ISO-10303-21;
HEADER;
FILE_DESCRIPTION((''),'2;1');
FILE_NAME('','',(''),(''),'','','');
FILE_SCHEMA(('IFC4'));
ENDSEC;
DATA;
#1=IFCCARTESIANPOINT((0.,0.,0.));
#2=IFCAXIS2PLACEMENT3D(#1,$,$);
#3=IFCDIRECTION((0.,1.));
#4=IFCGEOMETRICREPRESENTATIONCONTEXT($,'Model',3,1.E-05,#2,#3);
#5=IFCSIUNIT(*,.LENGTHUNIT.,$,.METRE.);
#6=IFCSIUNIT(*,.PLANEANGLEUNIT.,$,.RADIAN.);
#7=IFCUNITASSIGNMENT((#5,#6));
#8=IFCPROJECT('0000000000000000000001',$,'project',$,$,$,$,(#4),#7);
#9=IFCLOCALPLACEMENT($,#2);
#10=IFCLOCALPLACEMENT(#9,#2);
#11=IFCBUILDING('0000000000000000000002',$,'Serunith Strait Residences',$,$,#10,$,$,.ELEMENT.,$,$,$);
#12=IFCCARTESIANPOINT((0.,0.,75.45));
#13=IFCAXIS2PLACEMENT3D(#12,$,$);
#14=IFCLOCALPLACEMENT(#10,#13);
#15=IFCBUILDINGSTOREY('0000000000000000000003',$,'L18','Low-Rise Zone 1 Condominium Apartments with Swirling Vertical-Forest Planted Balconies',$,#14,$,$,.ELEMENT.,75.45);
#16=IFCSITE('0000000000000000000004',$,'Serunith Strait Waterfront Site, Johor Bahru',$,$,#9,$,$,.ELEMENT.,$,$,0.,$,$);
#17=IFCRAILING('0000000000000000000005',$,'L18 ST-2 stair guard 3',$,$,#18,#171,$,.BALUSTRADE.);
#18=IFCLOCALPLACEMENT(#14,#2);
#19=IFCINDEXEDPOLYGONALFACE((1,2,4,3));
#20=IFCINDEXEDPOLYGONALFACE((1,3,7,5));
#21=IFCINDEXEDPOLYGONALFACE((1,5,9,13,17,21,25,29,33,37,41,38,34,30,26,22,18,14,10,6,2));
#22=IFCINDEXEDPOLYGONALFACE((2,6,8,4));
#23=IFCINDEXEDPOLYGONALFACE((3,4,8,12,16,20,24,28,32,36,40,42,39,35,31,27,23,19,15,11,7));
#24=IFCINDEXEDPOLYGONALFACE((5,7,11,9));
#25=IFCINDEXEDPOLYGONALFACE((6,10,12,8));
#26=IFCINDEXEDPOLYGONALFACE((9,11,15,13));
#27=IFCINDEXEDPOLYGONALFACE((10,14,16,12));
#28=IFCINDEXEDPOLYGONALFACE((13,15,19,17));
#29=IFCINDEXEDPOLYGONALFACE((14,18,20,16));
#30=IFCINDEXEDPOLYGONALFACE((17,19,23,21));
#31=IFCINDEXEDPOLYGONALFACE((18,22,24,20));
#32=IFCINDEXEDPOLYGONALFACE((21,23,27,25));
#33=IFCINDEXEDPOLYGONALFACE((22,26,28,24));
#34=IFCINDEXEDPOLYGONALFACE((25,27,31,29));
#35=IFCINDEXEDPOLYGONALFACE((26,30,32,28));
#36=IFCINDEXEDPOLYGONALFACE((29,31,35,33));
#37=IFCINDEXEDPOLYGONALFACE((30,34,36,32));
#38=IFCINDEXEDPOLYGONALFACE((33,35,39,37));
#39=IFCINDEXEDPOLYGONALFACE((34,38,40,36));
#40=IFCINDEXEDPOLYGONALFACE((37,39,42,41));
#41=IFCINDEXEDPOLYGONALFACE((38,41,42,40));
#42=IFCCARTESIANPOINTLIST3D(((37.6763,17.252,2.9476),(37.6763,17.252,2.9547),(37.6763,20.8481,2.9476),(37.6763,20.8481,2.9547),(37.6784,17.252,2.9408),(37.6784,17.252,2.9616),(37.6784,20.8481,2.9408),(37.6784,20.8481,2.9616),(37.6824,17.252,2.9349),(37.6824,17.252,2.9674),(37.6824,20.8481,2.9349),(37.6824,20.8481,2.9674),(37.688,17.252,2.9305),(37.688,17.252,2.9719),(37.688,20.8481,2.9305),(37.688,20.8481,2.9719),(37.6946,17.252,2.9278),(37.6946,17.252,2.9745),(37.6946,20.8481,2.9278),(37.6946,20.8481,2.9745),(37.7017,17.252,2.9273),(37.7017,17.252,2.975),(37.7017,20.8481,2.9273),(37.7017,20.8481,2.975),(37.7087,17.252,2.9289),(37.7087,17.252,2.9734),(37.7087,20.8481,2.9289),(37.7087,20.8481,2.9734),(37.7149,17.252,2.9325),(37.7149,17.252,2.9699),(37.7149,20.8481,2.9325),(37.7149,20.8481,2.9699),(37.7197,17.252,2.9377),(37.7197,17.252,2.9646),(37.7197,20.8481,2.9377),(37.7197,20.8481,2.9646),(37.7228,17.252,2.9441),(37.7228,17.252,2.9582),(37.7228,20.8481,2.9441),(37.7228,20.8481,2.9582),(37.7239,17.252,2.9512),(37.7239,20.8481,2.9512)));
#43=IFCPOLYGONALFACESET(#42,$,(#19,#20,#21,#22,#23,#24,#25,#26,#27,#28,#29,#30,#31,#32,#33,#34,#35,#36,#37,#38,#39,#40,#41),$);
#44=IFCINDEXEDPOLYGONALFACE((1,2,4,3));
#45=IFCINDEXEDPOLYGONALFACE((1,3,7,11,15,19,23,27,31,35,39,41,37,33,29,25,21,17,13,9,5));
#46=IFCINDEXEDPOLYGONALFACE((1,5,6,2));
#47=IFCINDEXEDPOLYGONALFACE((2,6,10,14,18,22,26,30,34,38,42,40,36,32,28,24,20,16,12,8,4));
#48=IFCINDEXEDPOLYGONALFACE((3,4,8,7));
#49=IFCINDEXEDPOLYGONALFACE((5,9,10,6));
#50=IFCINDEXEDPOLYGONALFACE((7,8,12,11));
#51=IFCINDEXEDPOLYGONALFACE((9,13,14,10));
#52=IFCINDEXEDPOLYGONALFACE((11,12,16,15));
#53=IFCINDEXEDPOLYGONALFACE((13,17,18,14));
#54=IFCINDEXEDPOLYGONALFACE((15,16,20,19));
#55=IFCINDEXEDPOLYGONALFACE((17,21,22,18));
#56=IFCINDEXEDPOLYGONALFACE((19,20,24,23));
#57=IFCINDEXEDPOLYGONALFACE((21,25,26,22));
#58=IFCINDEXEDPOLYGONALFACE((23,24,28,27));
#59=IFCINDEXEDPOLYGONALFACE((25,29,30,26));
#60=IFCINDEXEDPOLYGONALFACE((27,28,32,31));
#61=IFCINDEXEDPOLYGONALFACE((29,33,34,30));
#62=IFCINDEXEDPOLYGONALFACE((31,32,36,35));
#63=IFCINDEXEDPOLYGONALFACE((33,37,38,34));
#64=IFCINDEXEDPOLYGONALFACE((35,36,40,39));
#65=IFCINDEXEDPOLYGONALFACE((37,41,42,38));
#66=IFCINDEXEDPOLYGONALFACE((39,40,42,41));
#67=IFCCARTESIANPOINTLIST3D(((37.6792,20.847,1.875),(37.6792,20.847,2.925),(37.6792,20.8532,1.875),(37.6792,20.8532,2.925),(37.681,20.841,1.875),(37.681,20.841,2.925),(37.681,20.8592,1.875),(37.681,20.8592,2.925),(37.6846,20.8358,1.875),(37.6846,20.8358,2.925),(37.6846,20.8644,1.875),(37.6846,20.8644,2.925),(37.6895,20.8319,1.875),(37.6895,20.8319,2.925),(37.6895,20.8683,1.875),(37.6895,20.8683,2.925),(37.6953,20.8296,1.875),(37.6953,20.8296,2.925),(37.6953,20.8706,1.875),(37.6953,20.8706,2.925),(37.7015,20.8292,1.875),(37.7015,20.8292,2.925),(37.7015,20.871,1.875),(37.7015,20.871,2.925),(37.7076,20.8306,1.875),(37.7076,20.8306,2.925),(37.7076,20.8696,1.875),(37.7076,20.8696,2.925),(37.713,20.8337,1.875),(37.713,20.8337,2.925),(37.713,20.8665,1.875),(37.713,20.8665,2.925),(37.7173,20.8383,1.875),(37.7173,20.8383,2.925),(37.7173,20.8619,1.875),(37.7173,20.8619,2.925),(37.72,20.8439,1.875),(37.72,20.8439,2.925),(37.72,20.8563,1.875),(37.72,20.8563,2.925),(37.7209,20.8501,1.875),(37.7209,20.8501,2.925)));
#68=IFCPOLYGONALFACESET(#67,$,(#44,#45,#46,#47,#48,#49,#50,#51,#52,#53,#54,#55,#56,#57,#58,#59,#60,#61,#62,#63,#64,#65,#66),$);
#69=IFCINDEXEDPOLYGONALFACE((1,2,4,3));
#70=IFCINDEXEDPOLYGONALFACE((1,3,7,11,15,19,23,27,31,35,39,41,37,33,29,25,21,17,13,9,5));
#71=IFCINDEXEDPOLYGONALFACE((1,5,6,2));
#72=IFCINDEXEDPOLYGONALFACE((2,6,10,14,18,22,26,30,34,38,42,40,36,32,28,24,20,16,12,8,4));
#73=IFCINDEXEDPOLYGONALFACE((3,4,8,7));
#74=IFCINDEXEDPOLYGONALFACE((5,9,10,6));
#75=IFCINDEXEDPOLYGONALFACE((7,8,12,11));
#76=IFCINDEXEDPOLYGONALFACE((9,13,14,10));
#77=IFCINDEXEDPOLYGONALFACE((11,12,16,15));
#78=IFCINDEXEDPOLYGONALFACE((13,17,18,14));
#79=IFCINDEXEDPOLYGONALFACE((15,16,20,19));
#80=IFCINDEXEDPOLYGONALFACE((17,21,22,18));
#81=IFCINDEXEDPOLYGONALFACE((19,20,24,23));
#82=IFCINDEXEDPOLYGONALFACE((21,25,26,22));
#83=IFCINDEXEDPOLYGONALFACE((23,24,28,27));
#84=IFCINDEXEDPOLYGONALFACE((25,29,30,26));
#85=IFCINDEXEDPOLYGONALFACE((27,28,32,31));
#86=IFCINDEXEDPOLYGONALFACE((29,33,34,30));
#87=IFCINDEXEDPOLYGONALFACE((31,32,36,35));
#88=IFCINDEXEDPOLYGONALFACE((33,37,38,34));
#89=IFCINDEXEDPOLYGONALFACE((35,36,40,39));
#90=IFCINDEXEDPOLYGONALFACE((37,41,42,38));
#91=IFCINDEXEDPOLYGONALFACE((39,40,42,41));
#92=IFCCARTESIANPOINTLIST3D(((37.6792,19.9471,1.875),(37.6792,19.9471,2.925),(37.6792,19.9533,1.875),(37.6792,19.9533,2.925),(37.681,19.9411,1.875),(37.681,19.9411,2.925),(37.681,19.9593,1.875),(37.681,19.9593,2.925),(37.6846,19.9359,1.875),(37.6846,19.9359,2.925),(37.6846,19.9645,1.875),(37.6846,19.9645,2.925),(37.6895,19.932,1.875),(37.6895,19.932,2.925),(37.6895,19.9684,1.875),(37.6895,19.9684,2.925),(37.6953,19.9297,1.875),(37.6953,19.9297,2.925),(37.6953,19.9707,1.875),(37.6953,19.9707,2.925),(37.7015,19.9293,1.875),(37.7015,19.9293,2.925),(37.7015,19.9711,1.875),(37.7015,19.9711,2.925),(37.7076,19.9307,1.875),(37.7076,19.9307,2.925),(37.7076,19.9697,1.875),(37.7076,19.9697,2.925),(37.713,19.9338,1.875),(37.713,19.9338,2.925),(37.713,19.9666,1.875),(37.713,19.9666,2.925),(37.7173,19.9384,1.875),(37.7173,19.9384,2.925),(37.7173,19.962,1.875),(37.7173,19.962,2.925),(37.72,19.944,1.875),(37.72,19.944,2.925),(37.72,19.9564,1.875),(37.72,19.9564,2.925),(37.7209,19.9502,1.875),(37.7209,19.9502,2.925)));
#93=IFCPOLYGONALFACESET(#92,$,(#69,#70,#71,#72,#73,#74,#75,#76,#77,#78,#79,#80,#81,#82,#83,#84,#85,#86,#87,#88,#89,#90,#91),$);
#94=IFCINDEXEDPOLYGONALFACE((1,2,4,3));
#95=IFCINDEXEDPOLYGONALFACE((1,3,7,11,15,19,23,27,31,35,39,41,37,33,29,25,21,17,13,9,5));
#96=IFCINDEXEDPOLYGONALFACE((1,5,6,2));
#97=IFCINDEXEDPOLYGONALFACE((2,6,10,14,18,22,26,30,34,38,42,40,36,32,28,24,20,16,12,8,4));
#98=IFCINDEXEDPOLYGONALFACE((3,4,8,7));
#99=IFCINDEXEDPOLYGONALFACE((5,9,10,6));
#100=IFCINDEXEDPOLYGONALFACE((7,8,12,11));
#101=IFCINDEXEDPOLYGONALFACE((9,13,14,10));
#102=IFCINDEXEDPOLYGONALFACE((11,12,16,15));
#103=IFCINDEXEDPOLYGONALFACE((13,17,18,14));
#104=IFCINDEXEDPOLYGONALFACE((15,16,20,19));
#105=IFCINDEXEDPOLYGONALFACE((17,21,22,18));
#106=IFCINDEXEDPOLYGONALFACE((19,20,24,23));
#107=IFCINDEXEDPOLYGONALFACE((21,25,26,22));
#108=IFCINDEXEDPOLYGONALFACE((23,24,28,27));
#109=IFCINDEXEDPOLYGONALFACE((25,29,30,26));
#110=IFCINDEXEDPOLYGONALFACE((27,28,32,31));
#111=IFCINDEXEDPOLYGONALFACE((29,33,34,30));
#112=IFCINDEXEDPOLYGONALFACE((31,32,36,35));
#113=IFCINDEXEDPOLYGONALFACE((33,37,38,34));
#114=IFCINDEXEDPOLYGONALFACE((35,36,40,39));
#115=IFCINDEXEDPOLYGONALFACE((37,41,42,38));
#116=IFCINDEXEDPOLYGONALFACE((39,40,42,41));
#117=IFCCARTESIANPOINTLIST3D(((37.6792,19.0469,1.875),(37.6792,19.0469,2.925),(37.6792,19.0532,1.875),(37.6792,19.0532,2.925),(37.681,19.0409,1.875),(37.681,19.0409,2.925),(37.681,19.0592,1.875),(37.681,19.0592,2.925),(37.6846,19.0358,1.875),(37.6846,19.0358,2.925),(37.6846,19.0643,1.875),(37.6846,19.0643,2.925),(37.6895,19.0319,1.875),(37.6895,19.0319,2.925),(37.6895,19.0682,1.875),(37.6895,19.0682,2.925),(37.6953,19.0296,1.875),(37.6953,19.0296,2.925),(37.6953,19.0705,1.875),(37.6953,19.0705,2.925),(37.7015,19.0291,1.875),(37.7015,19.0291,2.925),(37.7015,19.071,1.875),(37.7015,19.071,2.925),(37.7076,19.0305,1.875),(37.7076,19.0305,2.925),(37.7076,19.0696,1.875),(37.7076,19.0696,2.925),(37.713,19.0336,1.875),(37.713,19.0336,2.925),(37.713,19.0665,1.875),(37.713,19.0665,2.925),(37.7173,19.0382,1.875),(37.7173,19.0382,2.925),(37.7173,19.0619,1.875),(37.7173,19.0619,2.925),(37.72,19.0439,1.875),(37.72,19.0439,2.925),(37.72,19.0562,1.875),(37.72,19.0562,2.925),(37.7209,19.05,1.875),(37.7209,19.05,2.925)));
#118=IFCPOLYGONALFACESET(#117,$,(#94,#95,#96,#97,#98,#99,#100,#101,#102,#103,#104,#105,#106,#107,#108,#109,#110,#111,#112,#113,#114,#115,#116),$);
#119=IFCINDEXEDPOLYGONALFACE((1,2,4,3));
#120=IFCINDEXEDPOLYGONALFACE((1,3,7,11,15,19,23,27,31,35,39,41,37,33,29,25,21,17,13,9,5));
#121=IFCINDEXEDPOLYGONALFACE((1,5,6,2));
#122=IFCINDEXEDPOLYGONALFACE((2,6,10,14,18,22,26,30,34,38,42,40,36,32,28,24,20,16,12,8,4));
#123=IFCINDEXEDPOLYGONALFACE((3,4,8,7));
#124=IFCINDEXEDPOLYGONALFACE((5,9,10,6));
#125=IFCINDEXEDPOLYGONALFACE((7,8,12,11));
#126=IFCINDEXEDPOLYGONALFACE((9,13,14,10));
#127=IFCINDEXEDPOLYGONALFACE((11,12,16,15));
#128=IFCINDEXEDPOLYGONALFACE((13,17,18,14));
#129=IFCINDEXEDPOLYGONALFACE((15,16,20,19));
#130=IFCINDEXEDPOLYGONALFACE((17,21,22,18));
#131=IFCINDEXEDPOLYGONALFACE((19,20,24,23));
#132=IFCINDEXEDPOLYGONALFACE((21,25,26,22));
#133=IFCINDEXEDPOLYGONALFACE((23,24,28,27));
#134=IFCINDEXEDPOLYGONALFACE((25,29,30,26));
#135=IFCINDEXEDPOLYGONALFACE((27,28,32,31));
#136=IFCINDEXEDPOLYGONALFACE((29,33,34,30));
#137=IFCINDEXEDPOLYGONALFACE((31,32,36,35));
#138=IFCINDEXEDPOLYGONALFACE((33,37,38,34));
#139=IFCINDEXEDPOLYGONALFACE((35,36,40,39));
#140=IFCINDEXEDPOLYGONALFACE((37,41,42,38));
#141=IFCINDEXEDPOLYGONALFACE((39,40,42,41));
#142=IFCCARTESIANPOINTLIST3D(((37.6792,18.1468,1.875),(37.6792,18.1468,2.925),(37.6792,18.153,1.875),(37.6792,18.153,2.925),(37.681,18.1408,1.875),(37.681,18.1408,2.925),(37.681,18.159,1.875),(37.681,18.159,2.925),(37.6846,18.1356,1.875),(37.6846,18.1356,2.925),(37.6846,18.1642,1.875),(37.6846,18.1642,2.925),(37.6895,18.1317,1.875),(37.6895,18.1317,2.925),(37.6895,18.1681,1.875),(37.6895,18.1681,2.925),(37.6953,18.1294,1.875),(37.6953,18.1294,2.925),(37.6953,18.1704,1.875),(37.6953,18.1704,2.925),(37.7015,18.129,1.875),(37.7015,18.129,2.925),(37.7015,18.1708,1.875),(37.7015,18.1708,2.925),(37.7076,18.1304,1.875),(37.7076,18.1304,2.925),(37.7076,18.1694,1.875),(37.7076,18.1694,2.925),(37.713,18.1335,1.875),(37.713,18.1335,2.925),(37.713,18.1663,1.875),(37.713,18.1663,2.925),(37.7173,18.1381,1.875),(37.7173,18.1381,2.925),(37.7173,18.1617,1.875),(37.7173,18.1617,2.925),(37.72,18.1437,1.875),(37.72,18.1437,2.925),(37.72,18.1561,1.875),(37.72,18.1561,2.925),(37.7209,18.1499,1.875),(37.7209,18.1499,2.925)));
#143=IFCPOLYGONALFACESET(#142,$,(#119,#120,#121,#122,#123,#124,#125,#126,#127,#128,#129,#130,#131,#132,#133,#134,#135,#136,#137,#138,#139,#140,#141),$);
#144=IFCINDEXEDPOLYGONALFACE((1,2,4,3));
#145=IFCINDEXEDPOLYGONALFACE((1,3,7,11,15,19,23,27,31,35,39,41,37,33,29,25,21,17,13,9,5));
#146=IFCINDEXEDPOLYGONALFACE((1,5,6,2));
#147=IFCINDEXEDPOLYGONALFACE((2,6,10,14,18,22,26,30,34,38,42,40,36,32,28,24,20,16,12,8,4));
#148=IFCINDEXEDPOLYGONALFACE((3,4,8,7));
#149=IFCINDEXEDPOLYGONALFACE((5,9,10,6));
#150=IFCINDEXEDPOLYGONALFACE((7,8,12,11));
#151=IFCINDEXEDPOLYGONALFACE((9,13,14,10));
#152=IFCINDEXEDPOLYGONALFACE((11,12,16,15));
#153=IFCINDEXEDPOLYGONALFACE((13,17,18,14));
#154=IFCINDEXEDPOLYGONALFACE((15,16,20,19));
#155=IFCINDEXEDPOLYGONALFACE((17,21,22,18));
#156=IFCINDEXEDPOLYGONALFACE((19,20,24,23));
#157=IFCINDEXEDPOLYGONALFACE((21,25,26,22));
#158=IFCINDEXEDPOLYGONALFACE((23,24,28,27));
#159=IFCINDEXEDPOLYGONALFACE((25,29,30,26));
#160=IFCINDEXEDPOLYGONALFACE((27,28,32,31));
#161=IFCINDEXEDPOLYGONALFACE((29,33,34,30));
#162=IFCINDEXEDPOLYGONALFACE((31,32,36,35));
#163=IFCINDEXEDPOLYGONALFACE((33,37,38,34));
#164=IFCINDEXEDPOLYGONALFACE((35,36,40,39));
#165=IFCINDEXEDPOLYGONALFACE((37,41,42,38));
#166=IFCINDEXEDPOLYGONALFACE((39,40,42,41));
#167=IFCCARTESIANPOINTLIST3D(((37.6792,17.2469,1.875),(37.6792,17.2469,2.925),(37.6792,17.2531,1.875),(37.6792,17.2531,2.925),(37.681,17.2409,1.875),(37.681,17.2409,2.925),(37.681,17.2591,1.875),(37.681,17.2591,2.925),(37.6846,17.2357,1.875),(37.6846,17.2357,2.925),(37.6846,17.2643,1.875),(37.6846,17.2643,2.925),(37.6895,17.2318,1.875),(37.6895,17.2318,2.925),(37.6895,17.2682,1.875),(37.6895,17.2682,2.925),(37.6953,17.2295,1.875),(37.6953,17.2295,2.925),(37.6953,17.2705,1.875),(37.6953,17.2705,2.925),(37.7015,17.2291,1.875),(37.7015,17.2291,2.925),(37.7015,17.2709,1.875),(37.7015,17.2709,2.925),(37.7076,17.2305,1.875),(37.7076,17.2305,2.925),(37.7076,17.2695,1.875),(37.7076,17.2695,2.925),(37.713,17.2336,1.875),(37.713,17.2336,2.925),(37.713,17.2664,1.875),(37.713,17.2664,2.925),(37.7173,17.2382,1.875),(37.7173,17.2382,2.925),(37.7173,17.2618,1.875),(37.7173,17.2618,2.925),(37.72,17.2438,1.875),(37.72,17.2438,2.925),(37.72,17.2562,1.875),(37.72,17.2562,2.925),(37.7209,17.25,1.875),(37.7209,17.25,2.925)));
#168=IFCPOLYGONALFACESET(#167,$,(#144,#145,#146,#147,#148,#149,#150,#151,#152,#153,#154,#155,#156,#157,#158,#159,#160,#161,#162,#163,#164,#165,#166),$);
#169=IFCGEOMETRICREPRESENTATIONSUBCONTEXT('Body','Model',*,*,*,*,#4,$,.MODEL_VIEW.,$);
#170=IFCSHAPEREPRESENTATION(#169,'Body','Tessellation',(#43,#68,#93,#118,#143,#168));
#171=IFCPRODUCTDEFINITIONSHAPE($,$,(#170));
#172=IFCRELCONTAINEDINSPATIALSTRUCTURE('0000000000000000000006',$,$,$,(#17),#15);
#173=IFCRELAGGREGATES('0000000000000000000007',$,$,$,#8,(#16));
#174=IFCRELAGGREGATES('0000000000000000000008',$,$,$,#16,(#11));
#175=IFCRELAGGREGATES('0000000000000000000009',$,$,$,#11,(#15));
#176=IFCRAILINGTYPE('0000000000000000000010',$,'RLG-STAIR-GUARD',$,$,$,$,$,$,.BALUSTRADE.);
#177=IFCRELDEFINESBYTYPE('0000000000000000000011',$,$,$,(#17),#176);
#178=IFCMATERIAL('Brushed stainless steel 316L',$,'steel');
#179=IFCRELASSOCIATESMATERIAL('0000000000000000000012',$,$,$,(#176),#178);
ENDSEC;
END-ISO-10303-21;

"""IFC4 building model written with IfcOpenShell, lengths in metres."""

from ifc_helpers import new_model, si_unit, direction, frame, origin, origin_2d, place, context, subcontext, project, spatial, circle, extrude, material, type_object, element, save


model = new_model("IFC4")

# Units and contexts
model_context = context("Model", 3, precision=1e-05, world=origin(), true_north=direction((0.0, 1.0)))
body_context = subcontext(model_context, "Body", "Model", "MODEL_VIEW")
ifc_project = project(units=[si_unit("LENGTHUNIT", "METRE"), si_unit("PLANEANGLEUNIT", "RADIAN")], contexts=[model_context])

# Site, building, storey
site_placement = place(None, origin())
site = spatial("IfcSite", under=ifc_project, at=site_placement, Name="Serunith Strait Waterfront Site, Johor Bahru", CompositionType="ELEMENT", RefElevation=0.0)
building_placement = place(site_placement, origin())
building = spatial("IfcBuilding", under=site, at=building_placement, Name="Serunith Strait Residences", CompositionType="ELEMENT")
storey_placement = place(building_placement, frame((0.0, 0.0, 75.45)))
storey = spatial("IfcBuildingStorey", under=building, at=storey_placement, Name="L18", Description="Low-Rise Zone 1 Condominium Apartments with Swirling Vertical-Forest Planted Balconies", CompositionType="ELEMENT", Elevation=75.45)

# Railing
ifc_material_1 = material(Name="Brushed stainless steel 316L", Category="steel")
railing_type_1 = type_object("IfcRailingType", Name="RLG-STAIR-GUARD", PredefinedType="BALUSTRADE", material=ifc_material_1)
for number, where, name in (
    (1, (37.7, 20.8501, 1.875), "L18 ST-2 stair guard 3"),
):
    element("IfcRailing", number, at=place(storey_placement, frame(where)), inside=storey, type_object=railing_type_1, Name=name, PredefinedType="BALUSTRADE", context=body_context, shape_type="SweptSolid", body=[
        extrude(circle(Radius=0.0239, at=origin_2d()), frame((0.0, -0.002, 1.0762), z_axis=(0.0, -1.0, 0.0), x_axis=(1.0, 0.0, 0.0)), (0.0, 0.0, 1.0), 3.5962),
        extrude(circle(Radius=0.021, at=origin_2d()), origin(), (0.0, 0.0, 1.0), 1.05),
        extrude(circle(Radius=0.021, at=origin_2d()), frame((0.0, -0.8999, 0.0)), (0.0, 0.0, 1.0), 1.05),
        extrude(circle(Radius=0.021, at=origin_2d()), frame((0.0, -1.8, 0.0)), (0.0, 0.0, 1.0), 1.05),
        extrude(circle(Radius=0.021, at=origin_2d()), frame((0.0, -2.7002, 0.0)), (0.0, 0.0, 1.0), 1.05),
        extrude(circle(Radius=0.021, at=origin_2d()), frame((0.0, -3.6001, 0.0)), (0.0, 0.0, 1.0), 1.05),
    ])

save(model, "model.ifc")
